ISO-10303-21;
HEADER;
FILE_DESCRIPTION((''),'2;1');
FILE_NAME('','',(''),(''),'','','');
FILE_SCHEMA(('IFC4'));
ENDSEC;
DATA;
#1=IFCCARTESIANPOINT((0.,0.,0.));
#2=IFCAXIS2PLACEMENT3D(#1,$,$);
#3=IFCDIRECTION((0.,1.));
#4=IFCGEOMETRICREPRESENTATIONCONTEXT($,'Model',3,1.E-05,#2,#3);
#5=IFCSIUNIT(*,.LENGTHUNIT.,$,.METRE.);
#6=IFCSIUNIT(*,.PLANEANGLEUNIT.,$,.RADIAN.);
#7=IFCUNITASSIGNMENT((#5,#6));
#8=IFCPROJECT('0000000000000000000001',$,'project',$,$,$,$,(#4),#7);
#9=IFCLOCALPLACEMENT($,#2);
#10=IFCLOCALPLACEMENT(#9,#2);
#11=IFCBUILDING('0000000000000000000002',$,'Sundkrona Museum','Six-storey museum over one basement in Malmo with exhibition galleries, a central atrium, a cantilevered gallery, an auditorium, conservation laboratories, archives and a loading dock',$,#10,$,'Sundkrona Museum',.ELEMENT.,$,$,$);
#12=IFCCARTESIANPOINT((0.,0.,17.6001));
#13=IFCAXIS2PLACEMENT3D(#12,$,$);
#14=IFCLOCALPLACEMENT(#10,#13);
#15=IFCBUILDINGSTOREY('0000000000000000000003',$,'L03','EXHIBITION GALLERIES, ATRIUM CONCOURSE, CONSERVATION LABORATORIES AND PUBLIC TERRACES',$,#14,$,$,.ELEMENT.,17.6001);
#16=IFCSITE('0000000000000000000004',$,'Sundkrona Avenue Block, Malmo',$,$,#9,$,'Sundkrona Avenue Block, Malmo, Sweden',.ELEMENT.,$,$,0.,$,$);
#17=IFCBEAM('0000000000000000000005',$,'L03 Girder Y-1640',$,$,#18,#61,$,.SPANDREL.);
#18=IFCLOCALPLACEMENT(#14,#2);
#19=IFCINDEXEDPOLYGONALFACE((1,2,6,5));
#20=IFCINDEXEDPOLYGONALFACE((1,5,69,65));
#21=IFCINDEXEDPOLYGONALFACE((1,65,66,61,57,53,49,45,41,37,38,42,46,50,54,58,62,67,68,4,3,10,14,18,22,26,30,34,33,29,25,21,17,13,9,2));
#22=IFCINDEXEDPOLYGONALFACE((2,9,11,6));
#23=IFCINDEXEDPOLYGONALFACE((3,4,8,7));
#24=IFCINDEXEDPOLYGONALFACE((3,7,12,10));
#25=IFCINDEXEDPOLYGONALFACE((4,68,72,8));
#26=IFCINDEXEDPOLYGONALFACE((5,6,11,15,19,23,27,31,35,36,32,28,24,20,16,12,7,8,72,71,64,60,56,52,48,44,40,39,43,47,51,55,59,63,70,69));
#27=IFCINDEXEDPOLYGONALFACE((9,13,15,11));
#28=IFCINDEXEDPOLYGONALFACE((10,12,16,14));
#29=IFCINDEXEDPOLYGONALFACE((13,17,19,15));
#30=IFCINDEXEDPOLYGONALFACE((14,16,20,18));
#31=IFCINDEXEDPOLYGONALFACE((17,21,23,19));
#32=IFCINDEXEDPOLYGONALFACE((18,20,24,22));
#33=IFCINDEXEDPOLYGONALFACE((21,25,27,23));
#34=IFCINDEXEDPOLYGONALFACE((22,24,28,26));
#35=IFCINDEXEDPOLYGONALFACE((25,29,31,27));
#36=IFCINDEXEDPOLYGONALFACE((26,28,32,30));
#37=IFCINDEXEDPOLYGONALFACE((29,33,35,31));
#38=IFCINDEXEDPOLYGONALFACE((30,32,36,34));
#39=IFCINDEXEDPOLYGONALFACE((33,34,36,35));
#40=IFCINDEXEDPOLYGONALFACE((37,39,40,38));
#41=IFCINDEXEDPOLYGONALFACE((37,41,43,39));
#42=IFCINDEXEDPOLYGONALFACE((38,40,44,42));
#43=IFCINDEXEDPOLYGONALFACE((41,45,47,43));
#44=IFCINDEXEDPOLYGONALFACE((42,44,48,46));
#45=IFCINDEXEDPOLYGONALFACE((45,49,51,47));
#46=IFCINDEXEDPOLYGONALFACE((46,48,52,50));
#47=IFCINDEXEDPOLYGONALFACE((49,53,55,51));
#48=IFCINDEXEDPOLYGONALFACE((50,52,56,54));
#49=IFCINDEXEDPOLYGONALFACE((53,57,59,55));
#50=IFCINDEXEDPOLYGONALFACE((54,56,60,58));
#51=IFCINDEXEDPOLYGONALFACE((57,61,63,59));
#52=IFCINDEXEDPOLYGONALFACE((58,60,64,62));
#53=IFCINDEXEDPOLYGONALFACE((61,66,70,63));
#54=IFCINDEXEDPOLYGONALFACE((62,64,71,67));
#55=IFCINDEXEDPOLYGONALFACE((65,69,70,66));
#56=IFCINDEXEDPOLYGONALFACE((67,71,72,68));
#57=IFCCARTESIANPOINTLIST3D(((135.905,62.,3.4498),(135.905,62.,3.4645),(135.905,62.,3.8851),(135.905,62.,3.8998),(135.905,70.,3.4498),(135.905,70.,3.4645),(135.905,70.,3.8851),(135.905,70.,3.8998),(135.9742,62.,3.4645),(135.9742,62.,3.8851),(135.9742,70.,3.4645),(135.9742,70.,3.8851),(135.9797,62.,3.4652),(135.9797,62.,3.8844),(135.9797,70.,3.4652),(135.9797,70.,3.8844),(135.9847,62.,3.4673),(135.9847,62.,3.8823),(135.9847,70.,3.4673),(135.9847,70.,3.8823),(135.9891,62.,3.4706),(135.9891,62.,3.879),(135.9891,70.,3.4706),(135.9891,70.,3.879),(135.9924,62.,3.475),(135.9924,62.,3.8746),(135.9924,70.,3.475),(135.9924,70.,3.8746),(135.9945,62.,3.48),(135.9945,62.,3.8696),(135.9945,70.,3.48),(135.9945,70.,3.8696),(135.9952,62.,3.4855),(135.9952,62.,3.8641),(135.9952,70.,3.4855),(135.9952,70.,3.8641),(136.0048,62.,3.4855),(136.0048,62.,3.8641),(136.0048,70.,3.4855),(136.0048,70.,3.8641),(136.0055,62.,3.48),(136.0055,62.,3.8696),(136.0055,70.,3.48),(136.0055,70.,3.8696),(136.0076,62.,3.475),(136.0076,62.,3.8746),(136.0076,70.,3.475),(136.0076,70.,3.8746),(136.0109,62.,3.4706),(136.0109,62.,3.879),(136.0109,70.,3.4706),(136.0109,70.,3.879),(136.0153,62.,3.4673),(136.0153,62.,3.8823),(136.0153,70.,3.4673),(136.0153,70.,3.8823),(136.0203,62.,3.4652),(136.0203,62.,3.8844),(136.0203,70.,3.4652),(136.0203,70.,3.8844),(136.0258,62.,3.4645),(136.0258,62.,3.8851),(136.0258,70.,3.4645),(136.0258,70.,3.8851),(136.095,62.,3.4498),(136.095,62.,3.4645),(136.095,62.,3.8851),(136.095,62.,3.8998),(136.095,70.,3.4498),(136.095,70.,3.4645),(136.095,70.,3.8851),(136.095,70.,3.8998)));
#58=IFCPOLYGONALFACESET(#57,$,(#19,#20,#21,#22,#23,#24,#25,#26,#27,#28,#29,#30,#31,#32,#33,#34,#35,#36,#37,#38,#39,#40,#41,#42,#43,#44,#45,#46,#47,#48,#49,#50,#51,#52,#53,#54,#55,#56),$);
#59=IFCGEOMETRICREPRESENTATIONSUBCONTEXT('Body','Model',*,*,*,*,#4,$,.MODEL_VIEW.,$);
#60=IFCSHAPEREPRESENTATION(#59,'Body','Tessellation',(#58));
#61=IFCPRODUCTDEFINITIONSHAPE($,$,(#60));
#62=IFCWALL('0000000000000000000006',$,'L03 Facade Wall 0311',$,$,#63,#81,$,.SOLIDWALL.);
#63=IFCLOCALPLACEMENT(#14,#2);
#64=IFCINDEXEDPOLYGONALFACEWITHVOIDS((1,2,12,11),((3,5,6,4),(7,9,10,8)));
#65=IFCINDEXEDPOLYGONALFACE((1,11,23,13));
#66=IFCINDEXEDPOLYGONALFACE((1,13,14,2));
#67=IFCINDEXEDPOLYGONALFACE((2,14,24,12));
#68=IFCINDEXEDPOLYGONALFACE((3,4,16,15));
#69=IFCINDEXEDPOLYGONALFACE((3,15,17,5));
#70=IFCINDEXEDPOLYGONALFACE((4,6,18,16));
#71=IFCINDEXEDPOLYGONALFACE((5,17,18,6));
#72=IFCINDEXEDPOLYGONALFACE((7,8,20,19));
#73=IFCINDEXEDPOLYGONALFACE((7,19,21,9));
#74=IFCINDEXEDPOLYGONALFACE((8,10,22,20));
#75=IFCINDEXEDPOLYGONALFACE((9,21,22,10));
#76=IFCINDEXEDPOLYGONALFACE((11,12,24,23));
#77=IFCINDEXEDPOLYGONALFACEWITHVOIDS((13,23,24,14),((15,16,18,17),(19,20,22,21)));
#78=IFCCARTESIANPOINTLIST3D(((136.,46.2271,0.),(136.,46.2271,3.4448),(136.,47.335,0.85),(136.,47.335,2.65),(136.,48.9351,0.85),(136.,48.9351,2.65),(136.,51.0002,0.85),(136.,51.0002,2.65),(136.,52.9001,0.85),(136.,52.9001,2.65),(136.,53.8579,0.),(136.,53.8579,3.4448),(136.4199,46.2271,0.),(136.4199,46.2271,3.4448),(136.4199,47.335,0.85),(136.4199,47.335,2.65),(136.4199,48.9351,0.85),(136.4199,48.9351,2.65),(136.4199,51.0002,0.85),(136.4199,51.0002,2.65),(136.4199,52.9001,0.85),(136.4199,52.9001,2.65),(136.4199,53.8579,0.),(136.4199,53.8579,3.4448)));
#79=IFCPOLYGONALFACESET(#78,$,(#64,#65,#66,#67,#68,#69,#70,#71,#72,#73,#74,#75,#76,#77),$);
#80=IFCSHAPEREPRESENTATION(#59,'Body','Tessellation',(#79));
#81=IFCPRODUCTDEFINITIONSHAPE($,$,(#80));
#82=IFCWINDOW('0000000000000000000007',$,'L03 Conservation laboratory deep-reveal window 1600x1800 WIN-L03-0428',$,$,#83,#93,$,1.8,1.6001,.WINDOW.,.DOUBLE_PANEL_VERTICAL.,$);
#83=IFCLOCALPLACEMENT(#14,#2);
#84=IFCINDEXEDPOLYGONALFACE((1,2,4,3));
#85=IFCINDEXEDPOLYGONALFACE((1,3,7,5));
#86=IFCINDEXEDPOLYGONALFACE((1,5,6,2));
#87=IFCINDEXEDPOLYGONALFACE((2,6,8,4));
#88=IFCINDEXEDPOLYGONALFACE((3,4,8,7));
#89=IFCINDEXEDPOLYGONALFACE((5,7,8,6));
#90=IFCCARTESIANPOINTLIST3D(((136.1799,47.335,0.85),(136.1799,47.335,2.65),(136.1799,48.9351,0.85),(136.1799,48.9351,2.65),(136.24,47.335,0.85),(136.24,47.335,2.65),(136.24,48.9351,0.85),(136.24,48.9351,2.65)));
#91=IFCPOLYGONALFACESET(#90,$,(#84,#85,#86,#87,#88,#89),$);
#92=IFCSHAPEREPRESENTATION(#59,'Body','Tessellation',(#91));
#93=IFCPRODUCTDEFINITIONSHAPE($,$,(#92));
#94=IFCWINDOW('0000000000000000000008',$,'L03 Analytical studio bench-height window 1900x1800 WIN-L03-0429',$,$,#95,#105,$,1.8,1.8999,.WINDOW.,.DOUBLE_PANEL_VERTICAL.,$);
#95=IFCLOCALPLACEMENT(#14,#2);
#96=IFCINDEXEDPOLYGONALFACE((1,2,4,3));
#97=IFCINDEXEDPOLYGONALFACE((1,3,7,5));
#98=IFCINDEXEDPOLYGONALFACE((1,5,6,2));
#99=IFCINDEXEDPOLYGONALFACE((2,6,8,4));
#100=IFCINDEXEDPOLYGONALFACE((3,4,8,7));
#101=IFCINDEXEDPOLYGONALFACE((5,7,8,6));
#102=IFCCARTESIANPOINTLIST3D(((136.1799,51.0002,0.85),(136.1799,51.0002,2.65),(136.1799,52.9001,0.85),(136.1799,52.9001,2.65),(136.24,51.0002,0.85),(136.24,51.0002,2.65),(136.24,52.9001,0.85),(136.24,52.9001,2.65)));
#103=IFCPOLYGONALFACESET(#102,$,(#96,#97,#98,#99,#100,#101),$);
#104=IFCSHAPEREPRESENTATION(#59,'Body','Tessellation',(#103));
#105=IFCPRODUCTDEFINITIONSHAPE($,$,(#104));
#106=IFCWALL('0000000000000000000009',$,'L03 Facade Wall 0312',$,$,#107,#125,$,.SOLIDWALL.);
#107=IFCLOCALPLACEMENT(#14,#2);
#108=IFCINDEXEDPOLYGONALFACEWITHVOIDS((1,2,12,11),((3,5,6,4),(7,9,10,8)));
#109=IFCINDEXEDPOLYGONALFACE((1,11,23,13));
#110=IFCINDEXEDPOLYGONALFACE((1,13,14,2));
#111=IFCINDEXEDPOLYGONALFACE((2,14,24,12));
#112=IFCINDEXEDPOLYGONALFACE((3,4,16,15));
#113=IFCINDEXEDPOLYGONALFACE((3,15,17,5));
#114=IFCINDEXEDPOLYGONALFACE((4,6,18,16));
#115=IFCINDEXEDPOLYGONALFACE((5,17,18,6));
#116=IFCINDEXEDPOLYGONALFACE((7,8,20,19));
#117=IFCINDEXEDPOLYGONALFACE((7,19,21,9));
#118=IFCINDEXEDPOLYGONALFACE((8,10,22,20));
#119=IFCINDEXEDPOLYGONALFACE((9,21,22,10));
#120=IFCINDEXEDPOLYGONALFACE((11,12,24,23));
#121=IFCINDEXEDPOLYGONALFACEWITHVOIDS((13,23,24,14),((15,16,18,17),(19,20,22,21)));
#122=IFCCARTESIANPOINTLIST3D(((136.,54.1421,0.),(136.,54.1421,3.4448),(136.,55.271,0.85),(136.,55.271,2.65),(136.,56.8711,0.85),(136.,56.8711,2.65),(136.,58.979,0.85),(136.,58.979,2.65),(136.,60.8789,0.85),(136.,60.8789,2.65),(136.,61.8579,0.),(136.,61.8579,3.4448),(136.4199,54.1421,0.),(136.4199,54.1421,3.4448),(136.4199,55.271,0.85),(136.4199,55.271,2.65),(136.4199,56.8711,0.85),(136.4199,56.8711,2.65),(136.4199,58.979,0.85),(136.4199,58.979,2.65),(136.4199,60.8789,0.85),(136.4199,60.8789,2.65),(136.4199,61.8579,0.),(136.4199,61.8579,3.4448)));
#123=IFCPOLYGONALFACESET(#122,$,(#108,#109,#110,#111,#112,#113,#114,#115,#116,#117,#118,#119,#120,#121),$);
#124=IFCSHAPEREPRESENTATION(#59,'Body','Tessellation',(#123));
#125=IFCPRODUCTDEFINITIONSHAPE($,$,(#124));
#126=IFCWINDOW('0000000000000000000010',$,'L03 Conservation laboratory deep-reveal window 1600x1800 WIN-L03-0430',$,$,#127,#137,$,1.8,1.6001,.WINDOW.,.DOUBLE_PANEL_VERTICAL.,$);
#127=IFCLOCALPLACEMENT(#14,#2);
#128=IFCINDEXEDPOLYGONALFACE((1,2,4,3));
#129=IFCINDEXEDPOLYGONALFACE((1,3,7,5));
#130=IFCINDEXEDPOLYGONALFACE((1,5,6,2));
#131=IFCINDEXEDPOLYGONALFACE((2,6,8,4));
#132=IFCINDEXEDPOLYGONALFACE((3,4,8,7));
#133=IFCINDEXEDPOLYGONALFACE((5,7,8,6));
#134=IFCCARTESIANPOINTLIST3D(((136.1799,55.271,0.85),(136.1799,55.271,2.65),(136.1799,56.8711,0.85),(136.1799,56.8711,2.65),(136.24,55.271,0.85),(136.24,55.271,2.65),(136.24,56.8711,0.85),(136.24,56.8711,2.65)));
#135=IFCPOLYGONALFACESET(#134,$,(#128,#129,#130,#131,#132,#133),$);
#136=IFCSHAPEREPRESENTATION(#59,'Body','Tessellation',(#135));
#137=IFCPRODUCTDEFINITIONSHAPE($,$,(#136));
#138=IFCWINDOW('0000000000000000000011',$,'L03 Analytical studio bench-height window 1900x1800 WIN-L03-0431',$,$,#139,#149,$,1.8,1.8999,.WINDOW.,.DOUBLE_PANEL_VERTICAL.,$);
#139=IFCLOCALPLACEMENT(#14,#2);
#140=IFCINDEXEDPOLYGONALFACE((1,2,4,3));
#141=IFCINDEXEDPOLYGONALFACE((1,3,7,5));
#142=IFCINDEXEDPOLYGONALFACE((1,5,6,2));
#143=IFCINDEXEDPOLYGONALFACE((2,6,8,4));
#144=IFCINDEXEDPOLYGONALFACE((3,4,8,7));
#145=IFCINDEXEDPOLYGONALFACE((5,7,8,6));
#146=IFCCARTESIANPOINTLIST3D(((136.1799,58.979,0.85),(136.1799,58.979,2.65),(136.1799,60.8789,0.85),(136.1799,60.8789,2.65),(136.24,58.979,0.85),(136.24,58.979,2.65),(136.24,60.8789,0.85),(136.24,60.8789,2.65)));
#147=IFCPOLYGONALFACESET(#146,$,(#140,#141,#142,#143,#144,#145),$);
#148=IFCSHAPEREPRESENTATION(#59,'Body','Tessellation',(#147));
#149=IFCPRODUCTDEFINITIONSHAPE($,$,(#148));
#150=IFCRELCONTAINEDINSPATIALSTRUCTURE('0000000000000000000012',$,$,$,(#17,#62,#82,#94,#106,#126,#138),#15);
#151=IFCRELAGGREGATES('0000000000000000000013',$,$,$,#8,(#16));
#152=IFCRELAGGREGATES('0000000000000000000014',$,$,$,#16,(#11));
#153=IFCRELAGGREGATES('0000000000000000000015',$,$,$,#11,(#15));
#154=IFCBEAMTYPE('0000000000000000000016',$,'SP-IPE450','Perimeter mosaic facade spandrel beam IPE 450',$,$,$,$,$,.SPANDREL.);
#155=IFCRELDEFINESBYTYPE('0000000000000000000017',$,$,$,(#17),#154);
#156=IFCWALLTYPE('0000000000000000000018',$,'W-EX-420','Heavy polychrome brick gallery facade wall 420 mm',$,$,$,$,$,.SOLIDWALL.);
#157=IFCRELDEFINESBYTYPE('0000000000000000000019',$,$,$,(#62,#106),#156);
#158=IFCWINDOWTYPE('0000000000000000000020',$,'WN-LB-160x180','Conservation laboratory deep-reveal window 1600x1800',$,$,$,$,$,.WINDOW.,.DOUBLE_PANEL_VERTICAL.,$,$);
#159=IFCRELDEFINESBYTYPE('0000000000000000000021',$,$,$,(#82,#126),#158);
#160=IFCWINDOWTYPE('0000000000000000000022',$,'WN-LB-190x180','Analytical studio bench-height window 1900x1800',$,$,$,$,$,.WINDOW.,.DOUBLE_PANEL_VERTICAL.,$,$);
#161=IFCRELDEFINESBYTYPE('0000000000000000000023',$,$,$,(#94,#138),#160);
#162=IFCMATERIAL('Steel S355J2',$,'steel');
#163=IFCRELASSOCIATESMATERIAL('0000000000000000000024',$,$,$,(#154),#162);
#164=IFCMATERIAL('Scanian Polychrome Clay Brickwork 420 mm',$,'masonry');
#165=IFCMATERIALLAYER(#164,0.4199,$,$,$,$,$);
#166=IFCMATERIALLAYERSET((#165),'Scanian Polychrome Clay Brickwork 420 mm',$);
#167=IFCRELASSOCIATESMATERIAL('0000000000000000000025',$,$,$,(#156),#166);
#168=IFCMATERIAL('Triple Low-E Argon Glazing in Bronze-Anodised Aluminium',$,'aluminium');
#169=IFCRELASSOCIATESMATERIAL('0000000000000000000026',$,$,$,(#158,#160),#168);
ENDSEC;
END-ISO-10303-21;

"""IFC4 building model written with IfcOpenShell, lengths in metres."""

from ifc_helpers import new_model, si_unit, direction, frame, frame_2d, origin, origin_2d, place, context, subcontext, project, spatial, rectangle, i_section, extrude, material, layer, layer_set, material_profile, profile_set, type_object, element, fill, save


model = new_model("IFC4")

# Units and contexts
model_context = context("Model", 3, precision=1e-05, world=origin(), true_north=direction((0.0, 1.0)))
body_context = subcontext(model_context, "Body", "Model", "MODEL_VIEW")
ifc_project = project(units=[si_unit("LENGTHUNIT", "METRE"), si_unit("PLANEANGLEUNIT", "RADIAN")], contexts=[model_context])

# Site, building, storey
site_placement = place(None, origin())
site = spatial("IfcSite", under=ifc_project, at=site_placement, Name="Sundkrona Avenue Block, Malmo", LongName="Sundkrona Avenue Block, Malmo, Sweden", CompositionType="ELEMENT", RefElevation=0.0)
building_placement = place(site_placement, origin())
building = spatial("IfcBuilding", under=site, at=building_placement, Name="Sundkrona Museum", Description="Six-storey museum over one basement in Malmo with exhibition galleries, a central atrium, a cantilevered gallery, an auditorium, conservation laboratories, archives and a loading dock", LongName="Sundkrona Museum", CompositionType="ELEMENT")
storey_placement = place(building_placement, frame((0.0, 0.0, 17.6001)))
storey = spatial("IfcBuildingStorey", under=building, at=storey_placement, Name="L03", Description="EXHIBITION GALLERIES, ATRIUM CONCOURSE, CONSERVATION LABORATORIES AND PUBLIC TERRACES", CompositionType="ELEMENT", Elevation=17.6001)

# Shared definitions
ifc_material_1 = material(Name="Steel S355J2", Category="steel")

# Beam
ifc_material_profile_1 = material_profile(ifc_material_1, i_section(OverallWidth=0.1899, OverallDepth=0.45, WebThickness=0.0095, FlangeThickness=0.0146, FilletRadius=0.021, at=origin_2d()), Name="IPE 450")
ifc_profile_set_1 = profile_set([ifc_material_profile_1], Name="Steel S355J2")
beam_type_1 = type_object("IfcBeamType", Name="SP-IPE450", Description="Perimeter mosaic facade spandrel beam IPE 450", PredefinedType="SPANDREL", material=ifc_profile_set_1)
for number, where, z_axis, x_axis, name in (
    (1, (136.0, 62.0, 3.6748), (0.0, 1.0, 0.0), (-1.0, 0.0, 0.0), "L03 Girder Y-1640"),
):
    element("IfcBeam", number, at=place(storey_placement, frame(where, z_axis=z_axis, x_axis=x_axis)), inside=storey, type_object=beam_type_1, Name=name, PredefinedType="SPANDREL", context=body_context, shape_type="SweptSolid", body=[
        extrude(i_section(OverallWidth=0.1899, OverallDepth=0.45, WebThickness=0.0095, FlangeThickness=0.0146, FilletRadius=0.021, at=origin_2d()), origin(), (0.0, 0.0, 1.0), 8.0),
    ])

# Walls, openings, windows
ifc_material_2 = material(Name="Scanian Polychrome Clay Brickwork 420 mm", Category="masonry")
ifc_layer = layer(ifc_material_2, 0.4199)
ifc_layer_set = layer_set([ifc_layer], Name="Scanian Polychrome Clay Brickwork 420 mm")
wall_type = type_object("IfcWallType", Name="W-EX-420", Description="Heavy polychrome brick gallery facade wall 420 mm", PredefinedType="SOLIDWALL", material=ifc_layer_set)
wall_1_placement = place(storey_placement, frame((136.21, 46.2271, 0.0), z_axis=(0.0, 0.0, 1.0), x_axis=(0.0, 1.0, 0.0)))
wall_1 = element("IfcWall", 2, at=wall_1_placement, inside=storey, type_object=wall_type, Name="L03 Facade Wall 0311", PredefinedType="SOLIDWALL", context=body_context, shape_type="SweptSolid", body=[
    extrude(rectangle(XDim=7.6309, YDim=0.4199, at=frame_2d((3.8154, 0.0))), origin(), (0.0, 0.0, 1.0), 3.4448),
])
opening_1_placement = place(wall_1_placement, frame((1.1079, 0.0, 0.8501)))
opening_1 = element("IfcOpeningElement", 3, at=opening_1_placement, cuts=wall_1, PredefinedType="OPENING", context=body_context, shape_type="SweptSolid", body=[
    extrude(rectangle(XDim=1.6001, YDim=1.8, at=frame_2d((0.8, 0.8999))), frame((0.0, 0.22, 0.0), z_axis=(0.0, -1.0, 0.0), x_axis=(1.0, 0.0, 0.0)), (0.0, 0.0, 1.0), 0.4399),
])
opening_2_placement = place(wall_1_placement, frame((4.7732, 0.0, 0.8501)))
opening_2 = element("IfcOpeningElement", 4, at=opening_2_placement, cuts=wall_1, PredefinedType="OPENING", context=body_context, shape_type="SweptSolid", body=[
    extrude(rectangle(XDim=1.8999, YDim=1.8, at=frame_2d((0.95, 0.8999))), frame((0.0, 0.22, 0.0), z_axis=(0.0, -1.0, 0.0), x_axis=(1.0, 0.0, 0.0)), (0.0, 0.0, 1.0), 0.4399),
])
ifc_material_3 = material(Name="Triple Low-E Argon Glazing in Bronze-Anodised Aluminium", Category="aluminium")
window_type_1 = type_object("IfcWindowType", Name="WN-LB-160x180", Description="Conservation laboratory deep-reveal window 1600x1800", PartitioningType="DOUBLE_PANEL_VERTICAL", PredefinedType="WINDOW", material=ifc_material_3)
window_1_placement = place(opening_1_placement, origin())
window_1 = element("IfcWindow", 5, at=window_1_placement, inside=storey, type_object=window_type_1, Name="L03 Conservation laboratory deep-reveal window 1600x1800 WIN-L03-0428", OverallHeight=1.8, OverallWidth=1.6001, PartitioningType="DOUBLE_PANEL_VERTICAL", PredefinedType="WINDOW", context=body_context, shape_type="SweptSolid", body=[
    extrude(rectangle(XDim=1.6001, YDim=1.8, at=frame_2d((0.8, 0.8999))), frame((0.0, 0.03, 0.0), z_axis=(0.0, -1.0, 0.0), x_axis=(1.0, 0.0, 0.0)), (0.0, 0.0, 1.0), 0.0601),
])
fill(opening_1, window_1)
window_type_2 = type_object("IfcWindowType", Name="WN-LB-190x180", Description="Analytical studio bench-height window 1900x1800", PartitioningType="DOUBLE_PANEL_VERTICAL", PredefinedType="WINDOW", material=ifc_material_3)
window_2_placement = place(opening_2_placement, origin())
window_2 = element("IfcWindow", 6, at=window_2_placement, inside=storey, type_object=window_type_2, Name="L03 Analytical studio bench-height window 1900x1800 WIN-L03-0429", OverallHeight=1.8, OverallWidth=1.8999, PartitioningType="DOUBLE_PANEL_VERTICAL", PredefinedType="WINDOW", context=body_context, shape_type="SweptSolid", body=[
    extrude(rectangle(XDim=1.8999, YDim=1.8, at=frame_2d((0.95, 0.8999))), frame((0.0, 0.03, 0.0), z_axis=(0.0, -1.0, 0.0), x_axis=(1.0, 0.0, 0.0)), (0.0, 0.0, 1.0), 0.0601),
])
fill(opening_2, window_2)
wall_2_placement = place(storey_placement, frame((136.21, 54.1421, 0.0), z_axis=(0.0, 0.0, 1.0), x_axis=(0.0, 1.0, 0.0)))
wall_2 = element("IfcWall", 7, at=wall_2_placement, inside=storey, type_object=wall_type, Name="L03 Facade Wall 0312", PredefinedType="SOLIDWALL", context=body_context, shape_type="SweptSolid", body=[
    extrude(rectangle(XDim=7.7158, YDim=0.4199, at=frame_2d((3.8579, 0.0))), origin(), (0.0, 0.0, 1.0), 3.4448),
])
opening_3_placement = place(wall_2_placement, frame((1.1289, 0.0, 0.8501)))
opening_3 = element("IfcOpeningElement", 8, at=opening_3_placement, cuts=wall_2, PredefinedType="OPENING", context=body_context, shape_type="SweptSolid", body=[
    extrude(rectangle(XDim=1.6001, YDim=1.8, at=frame_2d((0.8, 0.8999))), frame((0.0, 0.22, 0.0), z_axis=(0.0, -1.0, 0.0), x_axis=(1.0, 0.0, 0.0)), (0.0, 0.0, 1.0), 0.4399),
])
opening_4_placement = place(wall_2_placement, frame((4.8369, 0.0, 0.8501)))
opening_4 = element("IfcOpeningElement", 9, at=opening_4_placement, cuts=wall_2, PredefinedType="OPENING", context=body_context, shape_type="SweptSolid", body=[
    extrude(rectangle(XDim=1.8999, YDim=1.8, at=frame_2d((0.95, 0.8999))), frame((0.0, 0.22, 0.0), z_axis=(0.0, -1.0, 0.0), x_axis=(1.0, 0.0, 0.0)), (0.0, 0.0, 1.0), 0.4399),
])
window_3_placement = place(opening_3_placement, origin())
window_3 = element("IfcWindow", 10, at=window_3_placement, inside=storey, type_object=window_type_1, Name="L03 Conservation laboratory deep-reveal window 1600x1800 WIN-L03-0430", OverallHeight=1.8, OverallWidth=1.6001, PartitioningType="DOUBLE_PANEL_VERTICAL", PredefinedType="WINDOW", context=body_context, shape_type="SweptSolid", body=[
    extrude(rectangle(XDim=1.6001, YDim=1.8, at=frame_2d((0.8, 0.8999))), frame((0.0, 0.03, 0.0), z_axis=(0.0, -1.0, 0.0), x_axis=(1.0, 0.0, 0.0)), (0.0, 0.0, 1.0), 0.0601),
])
fill(opening_3, window_3)
window_4_placement = place(opening_4_placement, origin())
window_4 = element("IfcWindow", 11, at=window_4_placement, inside=storey, type_object=window_type_2, Name="L03 Analytical studio bench-height window 1900x1800 WIN-L03-0431", OverallHeight=1.8, OverallWidth=1.8999, PartitioningType="DOUBLE_PANEL_VERTICAL", PredefinedType="WINDOW", context=body_context, shape_type="SweptSolid", body=[
    extrude(rectangle(XDim=1.8999, YDim=1.8, at=frame_2d((0.95, 0.8999))), frame((0.0, 0.03, 0.0), z_axis=(0.0, -1.0, 0.0), x_axis=(1.0, 0.0, 0.0)), (0.0, 0.0, 1.0), 0.0601),
])
fill(opening_4, window_4)

save(model, "model.ifc")
